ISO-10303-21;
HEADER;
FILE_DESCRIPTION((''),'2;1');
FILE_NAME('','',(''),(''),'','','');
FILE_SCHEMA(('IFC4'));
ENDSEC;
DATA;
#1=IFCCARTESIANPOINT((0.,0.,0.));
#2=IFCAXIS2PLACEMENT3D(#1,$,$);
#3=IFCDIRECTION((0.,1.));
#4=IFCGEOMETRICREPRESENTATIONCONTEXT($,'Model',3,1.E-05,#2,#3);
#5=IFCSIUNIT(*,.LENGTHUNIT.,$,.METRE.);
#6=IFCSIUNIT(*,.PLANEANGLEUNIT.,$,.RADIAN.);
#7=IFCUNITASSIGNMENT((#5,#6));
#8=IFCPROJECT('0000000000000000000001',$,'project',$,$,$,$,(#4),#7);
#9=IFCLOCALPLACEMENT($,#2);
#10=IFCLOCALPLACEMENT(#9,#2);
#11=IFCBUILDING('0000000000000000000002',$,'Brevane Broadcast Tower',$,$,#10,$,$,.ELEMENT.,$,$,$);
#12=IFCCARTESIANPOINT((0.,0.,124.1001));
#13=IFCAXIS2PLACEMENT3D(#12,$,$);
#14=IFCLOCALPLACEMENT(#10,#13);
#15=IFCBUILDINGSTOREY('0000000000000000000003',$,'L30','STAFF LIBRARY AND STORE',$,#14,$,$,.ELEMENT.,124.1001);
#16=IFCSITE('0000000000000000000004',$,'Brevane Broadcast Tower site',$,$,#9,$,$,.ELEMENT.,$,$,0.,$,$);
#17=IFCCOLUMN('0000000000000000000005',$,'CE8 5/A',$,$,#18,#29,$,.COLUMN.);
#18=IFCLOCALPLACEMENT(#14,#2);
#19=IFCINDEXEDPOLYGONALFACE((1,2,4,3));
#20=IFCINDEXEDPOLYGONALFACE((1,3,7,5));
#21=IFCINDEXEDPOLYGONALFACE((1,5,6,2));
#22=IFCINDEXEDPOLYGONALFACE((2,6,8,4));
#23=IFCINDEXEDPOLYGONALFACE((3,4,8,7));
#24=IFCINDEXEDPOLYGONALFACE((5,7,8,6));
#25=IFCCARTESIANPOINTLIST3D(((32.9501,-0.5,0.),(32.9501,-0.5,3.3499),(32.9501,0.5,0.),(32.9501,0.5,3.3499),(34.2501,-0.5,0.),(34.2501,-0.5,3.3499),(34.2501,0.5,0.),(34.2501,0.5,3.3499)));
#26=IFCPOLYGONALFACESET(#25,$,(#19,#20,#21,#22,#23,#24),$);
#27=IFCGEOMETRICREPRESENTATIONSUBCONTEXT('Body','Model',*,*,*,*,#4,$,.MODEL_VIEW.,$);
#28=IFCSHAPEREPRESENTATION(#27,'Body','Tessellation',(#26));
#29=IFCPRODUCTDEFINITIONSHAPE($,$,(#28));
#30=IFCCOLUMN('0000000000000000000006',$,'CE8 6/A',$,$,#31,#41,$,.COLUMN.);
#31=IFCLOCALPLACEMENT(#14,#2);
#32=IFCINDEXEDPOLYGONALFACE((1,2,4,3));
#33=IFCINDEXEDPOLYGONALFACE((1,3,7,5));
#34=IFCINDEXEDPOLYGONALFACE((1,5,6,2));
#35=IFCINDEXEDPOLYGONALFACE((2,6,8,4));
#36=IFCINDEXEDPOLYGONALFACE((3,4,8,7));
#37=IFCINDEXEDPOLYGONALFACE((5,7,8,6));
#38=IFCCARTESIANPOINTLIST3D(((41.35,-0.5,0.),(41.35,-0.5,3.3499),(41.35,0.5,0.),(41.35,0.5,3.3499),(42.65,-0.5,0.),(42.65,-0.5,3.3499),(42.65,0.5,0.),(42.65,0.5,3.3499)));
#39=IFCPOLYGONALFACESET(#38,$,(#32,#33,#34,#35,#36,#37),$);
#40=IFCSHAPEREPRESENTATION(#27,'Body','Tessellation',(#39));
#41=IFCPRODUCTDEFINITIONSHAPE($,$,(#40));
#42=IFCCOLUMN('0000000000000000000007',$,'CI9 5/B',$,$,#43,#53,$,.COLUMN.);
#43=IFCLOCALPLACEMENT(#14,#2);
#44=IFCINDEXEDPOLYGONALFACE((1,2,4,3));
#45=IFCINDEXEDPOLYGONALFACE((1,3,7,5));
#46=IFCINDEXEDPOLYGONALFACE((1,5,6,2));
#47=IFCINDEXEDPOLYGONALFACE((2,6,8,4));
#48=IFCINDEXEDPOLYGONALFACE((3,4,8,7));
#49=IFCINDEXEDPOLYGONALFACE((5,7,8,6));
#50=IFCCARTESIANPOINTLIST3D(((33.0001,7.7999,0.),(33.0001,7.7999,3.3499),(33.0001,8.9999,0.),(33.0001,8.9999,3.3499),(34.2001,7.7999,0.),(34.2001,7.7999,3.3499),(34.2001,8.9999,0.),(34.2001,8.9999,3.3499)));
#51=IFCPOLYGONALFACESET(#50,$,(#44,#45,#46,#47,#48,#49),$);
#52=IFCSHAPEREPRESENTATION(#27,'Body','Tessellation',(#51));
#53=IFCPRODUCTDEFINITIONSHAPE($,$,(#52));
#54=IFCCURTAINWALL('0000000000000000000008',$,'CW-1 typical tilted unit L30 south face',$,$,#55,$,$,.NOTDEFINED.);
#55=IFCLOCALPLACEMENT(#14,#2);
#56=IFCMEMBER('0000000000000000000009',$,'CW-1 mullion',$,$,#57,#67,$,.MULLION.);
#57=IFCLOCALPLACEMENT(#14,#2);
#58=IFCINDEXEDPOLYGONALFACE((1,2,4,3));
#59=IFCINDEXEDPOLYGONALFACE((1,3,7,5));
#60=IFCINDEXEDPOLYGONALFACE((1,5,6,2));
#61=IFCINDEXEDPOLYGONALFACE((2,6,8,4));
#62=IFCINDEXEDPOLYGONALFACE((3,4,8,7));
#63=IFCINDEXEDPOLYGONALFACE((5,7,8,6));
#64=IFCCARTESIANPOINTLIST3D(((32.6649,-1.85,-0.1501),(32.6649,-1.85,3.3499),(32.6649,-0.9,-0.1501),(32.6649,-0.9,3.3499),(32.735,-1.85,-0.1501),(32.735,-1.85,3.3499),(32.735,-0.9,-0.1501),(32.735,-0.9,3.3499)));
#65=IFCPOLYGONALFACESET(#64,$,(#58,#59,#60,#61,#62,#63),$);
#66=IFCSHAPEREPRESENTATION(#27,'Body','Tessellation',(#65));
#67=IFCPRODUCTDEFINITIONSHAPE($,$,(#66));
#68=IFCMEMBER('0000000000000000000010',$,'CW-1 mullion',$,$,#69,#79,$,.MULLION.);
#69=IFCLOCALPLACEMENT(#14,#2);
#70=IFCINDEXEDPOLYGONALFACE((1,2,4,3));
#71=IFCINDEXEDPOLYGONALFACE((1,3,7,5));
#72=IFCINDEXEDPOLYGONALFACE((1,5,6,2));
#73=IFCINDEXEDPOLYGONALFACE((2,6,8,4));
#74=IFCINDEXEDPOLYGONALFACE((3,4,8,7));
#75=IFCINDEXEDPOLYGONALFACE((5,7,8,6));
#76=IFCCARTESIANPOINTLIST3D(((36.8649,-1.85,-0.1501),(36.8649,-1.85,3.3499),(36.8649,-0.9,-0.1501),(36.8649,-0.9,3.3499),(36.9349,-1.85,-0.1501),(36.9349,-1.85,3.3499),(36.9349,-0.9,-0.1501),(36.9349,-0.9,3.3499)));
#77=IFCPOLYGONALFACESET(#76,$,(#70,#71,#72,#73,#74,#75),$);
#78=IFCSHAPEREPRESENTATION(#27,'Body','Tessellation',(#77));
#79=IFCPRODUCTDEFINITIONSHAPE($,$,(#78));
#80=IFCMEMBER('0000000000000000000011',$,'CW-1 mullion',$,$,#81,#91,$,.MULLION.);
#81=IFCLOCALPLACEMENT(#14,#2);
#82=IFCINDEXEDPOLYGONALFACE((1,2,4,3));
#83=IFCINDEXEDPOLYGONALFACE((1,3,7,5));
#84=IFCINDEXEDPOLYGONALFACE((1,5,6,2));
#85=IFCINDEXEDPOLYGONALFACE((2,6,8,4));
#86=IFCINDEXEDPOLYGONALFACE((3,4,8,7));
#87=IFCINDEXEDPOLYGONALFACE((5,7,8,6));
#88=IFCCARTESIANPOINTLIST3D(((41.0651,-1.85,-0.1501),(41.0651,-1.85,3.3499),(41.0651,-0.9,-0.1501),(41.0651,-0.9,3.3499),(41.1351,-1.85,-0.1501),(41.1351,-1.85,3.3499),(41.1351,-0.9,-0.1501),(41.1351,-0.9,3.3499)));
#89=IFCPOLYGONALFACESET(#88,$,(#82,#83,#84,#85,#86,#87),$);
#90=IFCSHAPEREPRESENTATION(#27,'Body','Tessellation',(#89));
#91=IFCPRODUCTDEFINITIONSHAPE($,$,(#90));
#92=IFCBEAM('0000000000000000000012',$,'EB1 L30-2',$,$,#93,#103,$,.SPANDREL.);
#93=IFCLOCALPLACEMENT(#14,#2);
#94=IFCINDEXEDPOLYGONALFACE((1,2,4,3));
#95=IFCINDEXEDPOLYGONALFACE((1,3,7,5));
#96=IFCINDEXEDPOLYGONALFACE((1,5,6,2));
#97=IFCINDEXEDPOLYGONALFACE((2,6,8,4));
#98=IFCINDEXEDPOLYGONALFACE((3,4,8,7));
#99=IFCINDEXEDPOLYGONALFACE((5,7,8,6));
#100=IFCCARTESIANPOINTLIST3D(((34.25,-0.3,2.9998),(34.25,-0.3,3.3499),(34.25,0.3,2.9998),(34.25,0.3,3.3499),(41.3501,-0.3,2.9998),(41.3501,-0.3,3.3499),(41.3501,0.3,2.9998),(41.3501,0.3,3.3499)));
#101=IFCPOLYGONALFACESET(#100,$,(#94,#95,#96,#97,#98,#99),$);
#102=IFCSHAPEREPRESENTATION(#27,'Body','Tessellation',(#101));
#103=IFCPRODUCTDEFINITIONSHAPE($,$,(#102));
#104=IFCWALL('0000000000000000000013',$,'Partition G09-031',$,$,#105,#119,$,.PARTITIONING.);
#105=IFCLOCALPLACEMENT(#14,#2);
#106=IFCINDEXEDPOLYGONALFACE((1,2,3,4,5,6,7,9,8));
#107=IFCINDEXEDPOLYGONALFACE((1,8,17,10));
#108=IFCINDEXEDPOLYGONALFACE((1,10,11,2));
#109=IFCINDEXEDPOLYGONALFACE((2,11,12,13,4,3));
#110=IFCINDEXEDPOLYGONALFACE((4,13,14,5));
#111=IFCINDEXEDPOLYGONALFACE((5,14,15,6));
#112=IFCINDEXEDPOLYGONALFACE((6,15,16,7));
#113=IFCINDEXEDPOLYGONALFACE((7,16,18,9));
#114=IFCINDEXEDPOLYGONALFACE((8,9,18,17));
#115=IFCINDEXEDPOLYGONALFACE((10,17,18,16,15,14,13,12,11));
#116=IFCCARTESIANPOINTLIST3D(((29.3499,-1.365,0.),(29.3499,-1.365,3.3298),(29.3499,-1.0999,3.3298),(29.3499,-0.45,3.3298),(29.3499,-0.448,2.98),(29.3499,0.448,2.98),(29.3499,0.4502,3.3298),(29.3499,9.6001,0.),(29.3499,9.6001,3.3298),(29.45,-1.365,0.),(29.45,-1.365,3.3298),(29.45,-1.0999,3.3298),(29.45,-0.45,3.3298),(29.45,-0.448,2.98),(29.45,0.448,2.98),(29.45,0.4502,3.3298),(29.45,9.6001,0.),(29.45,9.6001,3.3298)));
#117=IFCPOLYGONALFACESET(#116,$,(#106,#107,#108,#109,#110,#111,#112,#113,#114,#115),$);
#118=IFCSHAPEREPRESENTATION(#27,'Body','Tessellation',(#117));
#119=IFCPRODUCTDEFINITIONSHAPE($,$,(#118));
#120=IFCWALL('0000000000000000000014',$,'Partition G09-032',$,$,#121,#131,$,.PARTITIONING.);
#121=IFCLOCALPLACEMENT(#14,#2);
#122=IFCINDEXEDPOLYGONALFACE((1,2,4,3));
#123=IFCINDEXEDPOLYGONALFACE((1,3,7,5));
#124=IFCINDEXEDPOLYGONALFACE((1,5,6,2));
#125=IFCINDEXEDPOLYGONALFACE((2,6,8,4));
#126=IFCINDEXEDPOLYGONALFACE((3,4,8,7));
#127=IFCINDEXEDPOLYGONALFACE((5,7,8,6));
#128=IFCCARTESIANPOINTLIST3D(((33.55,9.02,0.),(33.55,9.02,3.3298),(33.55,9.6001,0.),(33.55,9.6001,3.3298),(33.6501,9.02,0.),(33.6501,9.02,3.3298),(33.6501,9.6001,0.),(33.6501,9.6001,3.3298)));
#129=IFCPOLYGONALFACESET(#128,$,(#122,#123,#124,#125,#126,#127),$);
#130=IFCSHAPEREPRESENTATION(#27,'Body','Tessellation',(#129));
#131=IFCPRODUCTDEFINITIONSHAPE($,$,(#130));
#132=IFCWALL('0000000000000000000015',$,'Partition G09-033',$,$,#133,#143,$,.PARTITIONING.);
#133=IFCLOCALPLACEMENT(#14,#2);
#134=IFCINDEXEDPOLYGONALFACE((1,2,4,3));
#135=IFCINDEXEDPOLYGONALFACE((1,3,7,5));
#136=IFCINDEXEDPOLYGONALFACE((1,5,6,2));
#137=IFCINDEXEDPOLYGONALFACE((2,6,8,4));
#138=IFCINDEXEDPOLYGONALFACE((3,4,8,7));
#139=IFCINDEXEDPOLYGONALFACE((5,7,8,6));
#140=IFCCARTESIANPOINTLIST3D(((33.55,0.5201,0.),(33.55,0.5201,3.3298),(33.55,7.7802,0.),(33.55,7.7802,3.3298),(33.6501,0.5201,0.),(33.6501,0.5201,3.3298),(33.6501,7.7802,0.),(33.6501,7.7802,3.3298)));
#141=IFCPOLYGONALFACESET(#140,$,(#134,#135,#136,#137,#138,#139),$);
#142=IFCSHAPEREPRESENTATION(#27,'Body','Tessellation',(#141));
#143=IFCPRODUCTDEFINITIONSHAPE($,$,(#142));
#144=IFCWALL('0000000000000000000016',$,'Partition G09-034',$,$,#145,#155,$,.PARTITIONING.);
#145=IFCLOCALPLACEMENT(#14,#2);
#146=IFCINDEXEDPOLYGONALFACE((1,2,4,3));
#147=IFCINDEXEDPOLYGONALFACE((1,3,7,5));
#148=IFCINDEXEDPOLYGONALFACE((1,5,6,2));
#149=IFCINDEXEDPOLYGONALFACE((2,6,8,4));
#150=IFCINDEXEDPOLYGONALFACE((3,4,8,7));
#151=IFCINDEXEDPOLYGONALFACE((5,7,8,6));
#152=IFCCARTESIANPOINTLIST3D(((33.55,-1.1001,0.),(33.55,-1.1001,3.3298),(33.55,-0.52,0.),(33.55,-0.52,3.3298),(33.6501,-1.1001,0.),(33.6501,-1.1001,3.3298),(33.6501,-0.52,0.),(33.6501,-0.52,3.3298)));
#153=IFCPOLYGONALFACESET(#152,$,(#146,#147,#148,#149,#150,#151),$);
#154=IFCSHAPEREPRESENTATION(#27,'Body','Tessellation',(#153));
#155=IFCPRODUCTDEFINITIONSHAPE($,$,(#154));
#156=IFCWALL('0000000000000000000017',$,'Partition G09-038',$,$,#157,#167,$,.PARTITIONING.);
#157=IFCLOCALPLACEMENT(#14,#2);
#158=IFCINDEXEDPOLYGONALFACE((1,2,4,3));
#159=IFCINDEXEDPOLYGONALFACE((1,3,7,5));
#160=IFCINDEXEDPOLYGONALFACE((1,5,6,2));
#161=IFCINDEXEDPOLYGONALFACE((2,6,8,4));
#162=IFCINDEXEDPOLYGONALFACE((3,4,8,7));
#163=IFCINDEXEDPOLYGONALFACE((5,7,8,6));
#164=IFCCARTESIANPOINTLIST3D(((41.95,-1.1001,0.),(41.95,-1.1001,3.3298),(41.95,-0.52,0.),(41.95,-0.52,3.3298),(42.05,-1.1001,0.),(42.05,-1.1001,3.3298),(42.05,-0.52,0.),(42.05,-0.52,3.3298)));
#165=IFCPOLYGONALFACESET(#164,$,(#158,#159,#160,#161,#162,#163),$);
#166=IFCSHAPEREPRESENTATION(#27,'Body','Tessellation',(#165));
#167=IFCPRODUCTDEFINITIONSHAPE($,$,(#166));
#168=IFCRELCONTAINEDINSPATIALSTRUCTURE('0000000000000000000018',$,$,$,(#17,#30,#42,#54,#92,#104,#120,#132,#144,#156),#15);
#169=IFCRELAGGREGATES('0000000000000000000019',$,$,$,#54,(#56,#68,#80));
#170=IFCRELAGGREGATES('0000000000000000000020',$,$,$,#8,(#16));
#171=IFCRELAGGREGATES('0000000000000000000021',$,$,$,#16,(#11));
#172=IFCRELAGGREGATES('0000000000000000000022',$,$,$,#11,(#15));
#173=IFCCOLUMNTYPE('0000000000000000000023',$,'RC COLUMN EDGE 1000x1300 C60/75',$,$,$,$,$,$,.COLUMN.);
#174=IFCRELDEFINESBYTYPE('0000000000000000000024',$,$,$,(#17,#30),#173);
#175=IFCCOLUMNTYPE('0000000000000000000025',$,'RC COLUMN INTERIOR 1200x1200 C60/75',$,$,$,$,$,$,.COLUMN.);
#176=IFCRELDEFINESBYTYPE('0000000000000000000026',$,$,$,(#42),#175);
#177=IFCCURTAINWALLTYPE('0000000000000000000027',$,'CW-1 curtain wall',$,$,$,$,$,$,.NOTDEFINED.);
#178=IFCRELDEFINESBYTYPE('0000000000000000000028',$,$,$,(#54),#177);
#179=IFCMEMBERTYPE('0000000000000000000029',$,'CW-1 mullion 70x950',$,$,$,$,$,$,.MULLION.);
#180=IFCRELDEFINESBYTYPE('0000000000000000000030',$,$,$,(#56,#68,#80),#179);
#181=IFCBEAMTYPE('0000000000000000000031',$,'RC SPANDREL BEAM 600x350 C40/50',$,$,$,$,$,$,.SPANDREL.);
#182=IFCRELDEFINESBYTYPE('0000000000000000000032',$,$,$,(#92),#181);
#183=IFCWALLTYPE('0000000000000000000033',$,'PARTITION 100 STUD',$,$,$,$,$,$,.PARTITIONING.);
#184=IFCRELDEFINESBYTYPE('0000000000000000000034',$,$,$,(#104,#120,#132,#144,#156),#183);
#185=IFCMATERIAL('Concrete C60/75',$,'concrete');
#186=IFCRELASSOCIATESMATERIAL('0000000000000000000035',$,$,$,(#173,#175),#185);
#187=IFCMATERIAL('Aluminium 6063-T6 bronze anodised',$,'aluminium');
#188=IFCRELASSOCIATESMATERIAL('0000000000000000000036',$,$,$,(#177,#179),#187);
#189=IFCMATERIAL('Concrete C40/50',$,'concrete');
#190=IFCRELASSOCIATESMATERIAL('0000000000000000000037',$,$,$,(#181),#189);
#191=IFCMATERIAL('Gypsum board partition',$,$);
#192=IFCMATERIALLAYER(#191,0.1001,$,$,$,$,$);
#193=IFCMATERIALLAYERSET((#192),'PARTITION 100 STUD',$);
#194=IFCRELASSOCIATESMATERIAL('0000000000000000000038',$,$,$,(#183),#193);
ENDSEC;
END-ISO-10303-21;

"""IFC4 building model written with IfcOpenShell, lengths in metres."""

from ifc_helpers import new_model, si_unit, direction, frame, frame_2d, origin, origin_2d, place, context, subcontext, project, spatial, polyline, rectangle, outline, extrude, material, layer, layer_set, material_profile, profile_set, type_object, element, aggregate, save


model = new_model("IFC4")

# Units and contexts
model_context = context("Model", 3, precision=1e-05, world=origin(), true_north=direction((0.0, 1.0)))
body_context = subcontext(model_context, "Body", "Model", "MODEL_VIEW")
ifc_project = project(units=[si_unit("LENGTHUNIT", "METRE"), si_unit("PLANEANGLEUNIT", "RADIAN")], contexts=[model_context])

# Site, building, storey
site_placement = place(None, origin())
site = spatial("IfcSite", under=ifc_project, at=site_placement, Name="Brevane Broadcast Tower site", CompositionType="ELEMENT", RefElevation=0.0)
building_placement = place(site_placement, origin())
building = spatial("IfcBuilding", under=site, at=building_placement, Name="Brevane Broadcast Tower", CompositionType="ELEMENT")
storey_placement = place(building_placement, frame((0.0, 0.0, 124.1001)))
storey = spatial("IfcBuildingStorey", under=building, at=storey_placement, Name="L30", Description="STAFF LIBRARY AND STORE", CompositionType="ELEMENT", Elevation=124.1001)

# Columns
ifc_material_1 = material(Name="Concrete C60/75", Category="concrete")
ifc_material_profile_1 = material_profile(ifc_material_1, rectangle(XDim=1.0, YDim=1.3, at=origin_2d()), Name="RC 1000x1300")
ifc_profile_set_1 = profile_set([ifc_material_profile_1], Name="Concrete C60/75")
column_type_1 = type_object("IfcColumnType", Name="RC COLUMN EDGE 1000x1300 C60/75", PredefinedType="COLUMN", material=ifc_profile_set_1)
for number, where, z_axis, x_axis, name in (
    (1, (33.6001, 0.0, 0.0), (0.0, 0.0, 1.0), (0.0, 1.0, 0.0), "CE8 5/A"),
    (2, (42.0, 0.0, 0.0), (0.0, 0.0, 1.0), (0.0, 1.0, 0.0), "CE8 6/A"),
):
    element("IfcColumn", number, at=place(storey_placement, frame(where, z_axis=z_axis, x_axis=x_axis)), inside=storey, type_object=column_type_1, Name=name, PredefinedType="COLUMN", context=body_context, shape_type="SweptSolid", body=[
        extrude(rectangle(XDim=1.0, YDim=1.3, at=origin_2d()), origin(), (0.0, 0.0, 1.0), 3.3499),
    ])
ifc_material_profile_2 = material_profile(ifc_material_1, rectangle(XDim=1.2, YDim=1.2, at=origin_2d()), Name="RC 1200x1200")
ifc_profile_set_2 = profile_set([ifc_material_profile_2], Name="Concrete C60/75")
column_type_2 = type_object("IfcColumnType", Name="RC COLUMN INTERIOR 1200x1200 C60/75", PredefinedType="COLUMN", material=ifc_profile_set_2)
column_placement = place(storey_placement, frame((33.6001, 8.3999, 0.0), z_axis=(0.0, 0.0, 1.0), x_axis=(1.0, 0.0, 0.0)))
element("IfcColumn", 3, at=column_placement, inside=storey, type_object=column_type_2, Name="CI9 5/B", PredefinedType="COLUMN", context=body_context, shape_type="SweptSolid", body=[
    extrude(rectangle(XDim=1.2, YDim=1.2, at=origin_2d()), origin(), (0.0, 0.0, 1.0), 3.3499),
])

# Curtain wall, members
ifc_material_2 = material(Name="Aluminium 6063-T6 bronze anodised", Category="aluminium")
curtain_wall_type = type_object("IfcCurtainWallType", Name="CW-1 curtain wall", PredefinedType="NOTDEFINED", material=ifc_material_2)
curtain_wall_placement = place(storey_placement, origin())
curtain_wall = element("IfcCurtainWall", 4, at=curtain_wall_placement, inside=storey, type_object=curtain_wall_type, Name="CW-1 typical tilted unit L30 south face", PredefinedType="NOTDEFINED")
ifc_material_profile_3 = material_profile(ifc_material_2, rectangle(XDim=0.95, YDim=0.0701, at=origin_2d()), Name="RECT 70x950")
ifc_profile_set_3 = profile_set([ifc_material_profile_3], Name="Aluminium 6063-T6 bronze anodised")
member_type = type_object("IfcMemberType", Name="CW-1 mullion 70x950", PredefinedType="MULLION", material=ifc_profile_set_3)
member_1_placement = place(storey_placement, frame((32.7, -1.375, -0.1501), z_axis=(0.0, 0.0, 1.0), x_axis=(0.0, 1.0, 0.0)))
member_1 = element("IfcMember", 5, at=member_1_placement, type_object=member_type, Name="CW-1 mullion", PredefinedType="MULLION", context=body_context, shape_type="SweptSolid", body=[
    extrude(rectangle(XDim=0.95, YDim=0.0701, at=origin_2d()), origin(), (0.0, 0.0, 1.0), 3.5),
])
member_2_placement = place(storey_placement, frame((36.8999, -1.375, -0.1501), z_axis=(0.0, 0.0, 1.0), x_axis=(0.0, 1.0, 0.0)))
member_2 = element("IfcMember", 6, at=member_2_placement, type_object=member_type, Name="CW-1 mullion", PredefinedType="MULLION", context=body_context, shape_type="SweptSolid", body=[
    extrude(rectangle(XDim=0.95, YDim=0.0701, at=origin_2d()), origin(), (0.0, 0.0, 1.0), 3.5),
])
member_3_placement = place(storey_placement, frame((41.1001, -1.375, -0.1501), z_axis=(0.0, 0.0, 1.0), x_axis=(0.0, 1.0, 0.0)))
member_3 = element("IfcMember", 7, at=member_3_placement, type_object=member_type, Name="CW-1 mullion", PredefinedType="MULLION", context=body_context, shape_type="SweptSolid", body=[
    extrude(rectangle(XDim=0.95, YDim=0.0701, at=origin_2d()), origin(), (0.0, 0.0, 1.0), 3.5),
])
aggregate(curtain_wall, [member_1, member_2, member_3])

# Beam
ifc_material_3 = material(Name="Concrete C40/50", Category="concrete")
ifc_material_profile_4 = material_profile(ifc_material_3, rectangle(XDim=0.6001, YDim=0.3501, at=origin_2d()), Name="RC 600x350")
ifc_profile_set_4 = profile_set([ifc_material_profile_4], Name="Concrete C40/50")
beam_type = type_object("IfcBeamType", Name="RC SPANDREL BEAM 600x350 C40/50", PredefinedType="SPANDREL", material=ifc_profile_set_4)
beam_placement = place(storey_placement, frame((34.25, 0.0, 3.1748), z_axis=(1.0, 0.0, 0.0), x_axis=(0.0, 1.0, 0.0)))
element("IfcBeam", 8, at=beam_placement, inside=storey, type_object=beam_type, Name="EB1 L30-2", PredefinedType="SPANDREL", context=body_context, shape_type="SweptSolid", body=[
    extrude(rectangle(XDim=0.6001, YDim=0.3501, at=origin_2d()), origin(), (0.0, 0.0, 1.0), 7.1001),
])

# Walls
ifc_material_4 = material(Name="Gypsum board partition")
ifc_layer_1 = layer(ifc_material_4, 0.1001)
ifc_layer_set_1 = layer_set([ifc_layer_1], Name="PARTITION 100 STUD")
wall_type_1 = type_object("IfcWallType", Name="PARTITION 100 STUD", PredefinedType="PARTITIONING", material=ifc_layer_set_1)
wall_1_placement = place(storey_placement, frame((29.3999, 9.6001, 0.0), z_axis=(0.0, 0.0, 1.0), x_axis=(0.0, -1.0, 0.0)))
element("IfcWall", 9, at=wall_1_placement, inside=storey, type_object=wall_type_1, Name="Partition G09-031", PredefinedType="PARTITIONING", context=body_context, shape_type="SweptSolid", body=[
    extrude(outline(polyline([(0.0, 0.0), (10.9651, 0.0), (10.9651, 3.3298), (10.7, 3.3298), (10.05, 3.3298), (10.0481, 2.98), (9.1521, 2.98), (9.1499, 3.3298), (0.0, 3.3298), (0.0, 0.0)])), frame((0.0, 0.05, 0.0), z_axis=(0.0, -1.0, 0.0), x_axis=(1.0, 0.0, 0.0)), (0.0, 0.0, 1.0), 0.1001),
])
wall_2_placement = place(storey_placement, frame((33.6001, 9.6001, 0.0), z_axis=(0.0, 0.0, 1.0), x_axis=(0.0, -1.0, 0.0)))
element("IfcWall", 10, at=wall_2_placement, inside=storey, type_object=wall_type_1, Name="Partition G09-032", PredefinedType="PARTITIONING", context=body_context, shape_type="SweptSolid", body=[
    extrude(rectangle(XDim=0.5801, YDim=0.1001, at=frame_2d((0.29, 0.0))), origin(), (0.0, 0.0, 1.0), 3.3298),
])
wall_3_placement = place(storey_placement, frame((33.6001, 7.78, 0.0), z_axis=(0.0, 0.0, 1.0), x_axis=(0.0, -1.0, 0.0)))
element("IfcWall", 11, at=wall_3_placement, inside=storey, type_object=wall_type_1, Name="Partition G09-033", PredefinedType="PARTITIONING", context=body_context, shape_type="SweptSolid", body=[
    extrude(rectangle(XDim=7.26, YDim=0.1001, at=frame_2d((3.6299, 0.0))), origin(), (0.0, 0.0, 1.0), 3.3298),
])
for number, where, z_axis, x_axis, name in (
    (12, (33.6001, -0.52, 0.0), (0.0, 0.0, 1.0), (0.0, -1.0, 0.0), "Partition G09-034"),
    (13, (42.0, -0.52, 0.0), (0.0, 0.0, 1.0), (0.0, -1.0, 0.0), "Partition G09-038"),
):
    element("IfcWall", number, at=place(storey_placement, frame(where, z_axis=z_axis, x_axis=x_axis)), inside=storey, type_object=wall_type_1, Name=name, PredefinedType="PARTITIONING", context=body_context, shape_type="SweptSolid", body=[
        extrude(rectangle(XDim=0.5801, YDim=0.1001, at=frame_2d((0.29, 0.0))), origin(), (0.0, 0.0, 1.0), 3.3298),
    ])

save(model, "model.ifc")
